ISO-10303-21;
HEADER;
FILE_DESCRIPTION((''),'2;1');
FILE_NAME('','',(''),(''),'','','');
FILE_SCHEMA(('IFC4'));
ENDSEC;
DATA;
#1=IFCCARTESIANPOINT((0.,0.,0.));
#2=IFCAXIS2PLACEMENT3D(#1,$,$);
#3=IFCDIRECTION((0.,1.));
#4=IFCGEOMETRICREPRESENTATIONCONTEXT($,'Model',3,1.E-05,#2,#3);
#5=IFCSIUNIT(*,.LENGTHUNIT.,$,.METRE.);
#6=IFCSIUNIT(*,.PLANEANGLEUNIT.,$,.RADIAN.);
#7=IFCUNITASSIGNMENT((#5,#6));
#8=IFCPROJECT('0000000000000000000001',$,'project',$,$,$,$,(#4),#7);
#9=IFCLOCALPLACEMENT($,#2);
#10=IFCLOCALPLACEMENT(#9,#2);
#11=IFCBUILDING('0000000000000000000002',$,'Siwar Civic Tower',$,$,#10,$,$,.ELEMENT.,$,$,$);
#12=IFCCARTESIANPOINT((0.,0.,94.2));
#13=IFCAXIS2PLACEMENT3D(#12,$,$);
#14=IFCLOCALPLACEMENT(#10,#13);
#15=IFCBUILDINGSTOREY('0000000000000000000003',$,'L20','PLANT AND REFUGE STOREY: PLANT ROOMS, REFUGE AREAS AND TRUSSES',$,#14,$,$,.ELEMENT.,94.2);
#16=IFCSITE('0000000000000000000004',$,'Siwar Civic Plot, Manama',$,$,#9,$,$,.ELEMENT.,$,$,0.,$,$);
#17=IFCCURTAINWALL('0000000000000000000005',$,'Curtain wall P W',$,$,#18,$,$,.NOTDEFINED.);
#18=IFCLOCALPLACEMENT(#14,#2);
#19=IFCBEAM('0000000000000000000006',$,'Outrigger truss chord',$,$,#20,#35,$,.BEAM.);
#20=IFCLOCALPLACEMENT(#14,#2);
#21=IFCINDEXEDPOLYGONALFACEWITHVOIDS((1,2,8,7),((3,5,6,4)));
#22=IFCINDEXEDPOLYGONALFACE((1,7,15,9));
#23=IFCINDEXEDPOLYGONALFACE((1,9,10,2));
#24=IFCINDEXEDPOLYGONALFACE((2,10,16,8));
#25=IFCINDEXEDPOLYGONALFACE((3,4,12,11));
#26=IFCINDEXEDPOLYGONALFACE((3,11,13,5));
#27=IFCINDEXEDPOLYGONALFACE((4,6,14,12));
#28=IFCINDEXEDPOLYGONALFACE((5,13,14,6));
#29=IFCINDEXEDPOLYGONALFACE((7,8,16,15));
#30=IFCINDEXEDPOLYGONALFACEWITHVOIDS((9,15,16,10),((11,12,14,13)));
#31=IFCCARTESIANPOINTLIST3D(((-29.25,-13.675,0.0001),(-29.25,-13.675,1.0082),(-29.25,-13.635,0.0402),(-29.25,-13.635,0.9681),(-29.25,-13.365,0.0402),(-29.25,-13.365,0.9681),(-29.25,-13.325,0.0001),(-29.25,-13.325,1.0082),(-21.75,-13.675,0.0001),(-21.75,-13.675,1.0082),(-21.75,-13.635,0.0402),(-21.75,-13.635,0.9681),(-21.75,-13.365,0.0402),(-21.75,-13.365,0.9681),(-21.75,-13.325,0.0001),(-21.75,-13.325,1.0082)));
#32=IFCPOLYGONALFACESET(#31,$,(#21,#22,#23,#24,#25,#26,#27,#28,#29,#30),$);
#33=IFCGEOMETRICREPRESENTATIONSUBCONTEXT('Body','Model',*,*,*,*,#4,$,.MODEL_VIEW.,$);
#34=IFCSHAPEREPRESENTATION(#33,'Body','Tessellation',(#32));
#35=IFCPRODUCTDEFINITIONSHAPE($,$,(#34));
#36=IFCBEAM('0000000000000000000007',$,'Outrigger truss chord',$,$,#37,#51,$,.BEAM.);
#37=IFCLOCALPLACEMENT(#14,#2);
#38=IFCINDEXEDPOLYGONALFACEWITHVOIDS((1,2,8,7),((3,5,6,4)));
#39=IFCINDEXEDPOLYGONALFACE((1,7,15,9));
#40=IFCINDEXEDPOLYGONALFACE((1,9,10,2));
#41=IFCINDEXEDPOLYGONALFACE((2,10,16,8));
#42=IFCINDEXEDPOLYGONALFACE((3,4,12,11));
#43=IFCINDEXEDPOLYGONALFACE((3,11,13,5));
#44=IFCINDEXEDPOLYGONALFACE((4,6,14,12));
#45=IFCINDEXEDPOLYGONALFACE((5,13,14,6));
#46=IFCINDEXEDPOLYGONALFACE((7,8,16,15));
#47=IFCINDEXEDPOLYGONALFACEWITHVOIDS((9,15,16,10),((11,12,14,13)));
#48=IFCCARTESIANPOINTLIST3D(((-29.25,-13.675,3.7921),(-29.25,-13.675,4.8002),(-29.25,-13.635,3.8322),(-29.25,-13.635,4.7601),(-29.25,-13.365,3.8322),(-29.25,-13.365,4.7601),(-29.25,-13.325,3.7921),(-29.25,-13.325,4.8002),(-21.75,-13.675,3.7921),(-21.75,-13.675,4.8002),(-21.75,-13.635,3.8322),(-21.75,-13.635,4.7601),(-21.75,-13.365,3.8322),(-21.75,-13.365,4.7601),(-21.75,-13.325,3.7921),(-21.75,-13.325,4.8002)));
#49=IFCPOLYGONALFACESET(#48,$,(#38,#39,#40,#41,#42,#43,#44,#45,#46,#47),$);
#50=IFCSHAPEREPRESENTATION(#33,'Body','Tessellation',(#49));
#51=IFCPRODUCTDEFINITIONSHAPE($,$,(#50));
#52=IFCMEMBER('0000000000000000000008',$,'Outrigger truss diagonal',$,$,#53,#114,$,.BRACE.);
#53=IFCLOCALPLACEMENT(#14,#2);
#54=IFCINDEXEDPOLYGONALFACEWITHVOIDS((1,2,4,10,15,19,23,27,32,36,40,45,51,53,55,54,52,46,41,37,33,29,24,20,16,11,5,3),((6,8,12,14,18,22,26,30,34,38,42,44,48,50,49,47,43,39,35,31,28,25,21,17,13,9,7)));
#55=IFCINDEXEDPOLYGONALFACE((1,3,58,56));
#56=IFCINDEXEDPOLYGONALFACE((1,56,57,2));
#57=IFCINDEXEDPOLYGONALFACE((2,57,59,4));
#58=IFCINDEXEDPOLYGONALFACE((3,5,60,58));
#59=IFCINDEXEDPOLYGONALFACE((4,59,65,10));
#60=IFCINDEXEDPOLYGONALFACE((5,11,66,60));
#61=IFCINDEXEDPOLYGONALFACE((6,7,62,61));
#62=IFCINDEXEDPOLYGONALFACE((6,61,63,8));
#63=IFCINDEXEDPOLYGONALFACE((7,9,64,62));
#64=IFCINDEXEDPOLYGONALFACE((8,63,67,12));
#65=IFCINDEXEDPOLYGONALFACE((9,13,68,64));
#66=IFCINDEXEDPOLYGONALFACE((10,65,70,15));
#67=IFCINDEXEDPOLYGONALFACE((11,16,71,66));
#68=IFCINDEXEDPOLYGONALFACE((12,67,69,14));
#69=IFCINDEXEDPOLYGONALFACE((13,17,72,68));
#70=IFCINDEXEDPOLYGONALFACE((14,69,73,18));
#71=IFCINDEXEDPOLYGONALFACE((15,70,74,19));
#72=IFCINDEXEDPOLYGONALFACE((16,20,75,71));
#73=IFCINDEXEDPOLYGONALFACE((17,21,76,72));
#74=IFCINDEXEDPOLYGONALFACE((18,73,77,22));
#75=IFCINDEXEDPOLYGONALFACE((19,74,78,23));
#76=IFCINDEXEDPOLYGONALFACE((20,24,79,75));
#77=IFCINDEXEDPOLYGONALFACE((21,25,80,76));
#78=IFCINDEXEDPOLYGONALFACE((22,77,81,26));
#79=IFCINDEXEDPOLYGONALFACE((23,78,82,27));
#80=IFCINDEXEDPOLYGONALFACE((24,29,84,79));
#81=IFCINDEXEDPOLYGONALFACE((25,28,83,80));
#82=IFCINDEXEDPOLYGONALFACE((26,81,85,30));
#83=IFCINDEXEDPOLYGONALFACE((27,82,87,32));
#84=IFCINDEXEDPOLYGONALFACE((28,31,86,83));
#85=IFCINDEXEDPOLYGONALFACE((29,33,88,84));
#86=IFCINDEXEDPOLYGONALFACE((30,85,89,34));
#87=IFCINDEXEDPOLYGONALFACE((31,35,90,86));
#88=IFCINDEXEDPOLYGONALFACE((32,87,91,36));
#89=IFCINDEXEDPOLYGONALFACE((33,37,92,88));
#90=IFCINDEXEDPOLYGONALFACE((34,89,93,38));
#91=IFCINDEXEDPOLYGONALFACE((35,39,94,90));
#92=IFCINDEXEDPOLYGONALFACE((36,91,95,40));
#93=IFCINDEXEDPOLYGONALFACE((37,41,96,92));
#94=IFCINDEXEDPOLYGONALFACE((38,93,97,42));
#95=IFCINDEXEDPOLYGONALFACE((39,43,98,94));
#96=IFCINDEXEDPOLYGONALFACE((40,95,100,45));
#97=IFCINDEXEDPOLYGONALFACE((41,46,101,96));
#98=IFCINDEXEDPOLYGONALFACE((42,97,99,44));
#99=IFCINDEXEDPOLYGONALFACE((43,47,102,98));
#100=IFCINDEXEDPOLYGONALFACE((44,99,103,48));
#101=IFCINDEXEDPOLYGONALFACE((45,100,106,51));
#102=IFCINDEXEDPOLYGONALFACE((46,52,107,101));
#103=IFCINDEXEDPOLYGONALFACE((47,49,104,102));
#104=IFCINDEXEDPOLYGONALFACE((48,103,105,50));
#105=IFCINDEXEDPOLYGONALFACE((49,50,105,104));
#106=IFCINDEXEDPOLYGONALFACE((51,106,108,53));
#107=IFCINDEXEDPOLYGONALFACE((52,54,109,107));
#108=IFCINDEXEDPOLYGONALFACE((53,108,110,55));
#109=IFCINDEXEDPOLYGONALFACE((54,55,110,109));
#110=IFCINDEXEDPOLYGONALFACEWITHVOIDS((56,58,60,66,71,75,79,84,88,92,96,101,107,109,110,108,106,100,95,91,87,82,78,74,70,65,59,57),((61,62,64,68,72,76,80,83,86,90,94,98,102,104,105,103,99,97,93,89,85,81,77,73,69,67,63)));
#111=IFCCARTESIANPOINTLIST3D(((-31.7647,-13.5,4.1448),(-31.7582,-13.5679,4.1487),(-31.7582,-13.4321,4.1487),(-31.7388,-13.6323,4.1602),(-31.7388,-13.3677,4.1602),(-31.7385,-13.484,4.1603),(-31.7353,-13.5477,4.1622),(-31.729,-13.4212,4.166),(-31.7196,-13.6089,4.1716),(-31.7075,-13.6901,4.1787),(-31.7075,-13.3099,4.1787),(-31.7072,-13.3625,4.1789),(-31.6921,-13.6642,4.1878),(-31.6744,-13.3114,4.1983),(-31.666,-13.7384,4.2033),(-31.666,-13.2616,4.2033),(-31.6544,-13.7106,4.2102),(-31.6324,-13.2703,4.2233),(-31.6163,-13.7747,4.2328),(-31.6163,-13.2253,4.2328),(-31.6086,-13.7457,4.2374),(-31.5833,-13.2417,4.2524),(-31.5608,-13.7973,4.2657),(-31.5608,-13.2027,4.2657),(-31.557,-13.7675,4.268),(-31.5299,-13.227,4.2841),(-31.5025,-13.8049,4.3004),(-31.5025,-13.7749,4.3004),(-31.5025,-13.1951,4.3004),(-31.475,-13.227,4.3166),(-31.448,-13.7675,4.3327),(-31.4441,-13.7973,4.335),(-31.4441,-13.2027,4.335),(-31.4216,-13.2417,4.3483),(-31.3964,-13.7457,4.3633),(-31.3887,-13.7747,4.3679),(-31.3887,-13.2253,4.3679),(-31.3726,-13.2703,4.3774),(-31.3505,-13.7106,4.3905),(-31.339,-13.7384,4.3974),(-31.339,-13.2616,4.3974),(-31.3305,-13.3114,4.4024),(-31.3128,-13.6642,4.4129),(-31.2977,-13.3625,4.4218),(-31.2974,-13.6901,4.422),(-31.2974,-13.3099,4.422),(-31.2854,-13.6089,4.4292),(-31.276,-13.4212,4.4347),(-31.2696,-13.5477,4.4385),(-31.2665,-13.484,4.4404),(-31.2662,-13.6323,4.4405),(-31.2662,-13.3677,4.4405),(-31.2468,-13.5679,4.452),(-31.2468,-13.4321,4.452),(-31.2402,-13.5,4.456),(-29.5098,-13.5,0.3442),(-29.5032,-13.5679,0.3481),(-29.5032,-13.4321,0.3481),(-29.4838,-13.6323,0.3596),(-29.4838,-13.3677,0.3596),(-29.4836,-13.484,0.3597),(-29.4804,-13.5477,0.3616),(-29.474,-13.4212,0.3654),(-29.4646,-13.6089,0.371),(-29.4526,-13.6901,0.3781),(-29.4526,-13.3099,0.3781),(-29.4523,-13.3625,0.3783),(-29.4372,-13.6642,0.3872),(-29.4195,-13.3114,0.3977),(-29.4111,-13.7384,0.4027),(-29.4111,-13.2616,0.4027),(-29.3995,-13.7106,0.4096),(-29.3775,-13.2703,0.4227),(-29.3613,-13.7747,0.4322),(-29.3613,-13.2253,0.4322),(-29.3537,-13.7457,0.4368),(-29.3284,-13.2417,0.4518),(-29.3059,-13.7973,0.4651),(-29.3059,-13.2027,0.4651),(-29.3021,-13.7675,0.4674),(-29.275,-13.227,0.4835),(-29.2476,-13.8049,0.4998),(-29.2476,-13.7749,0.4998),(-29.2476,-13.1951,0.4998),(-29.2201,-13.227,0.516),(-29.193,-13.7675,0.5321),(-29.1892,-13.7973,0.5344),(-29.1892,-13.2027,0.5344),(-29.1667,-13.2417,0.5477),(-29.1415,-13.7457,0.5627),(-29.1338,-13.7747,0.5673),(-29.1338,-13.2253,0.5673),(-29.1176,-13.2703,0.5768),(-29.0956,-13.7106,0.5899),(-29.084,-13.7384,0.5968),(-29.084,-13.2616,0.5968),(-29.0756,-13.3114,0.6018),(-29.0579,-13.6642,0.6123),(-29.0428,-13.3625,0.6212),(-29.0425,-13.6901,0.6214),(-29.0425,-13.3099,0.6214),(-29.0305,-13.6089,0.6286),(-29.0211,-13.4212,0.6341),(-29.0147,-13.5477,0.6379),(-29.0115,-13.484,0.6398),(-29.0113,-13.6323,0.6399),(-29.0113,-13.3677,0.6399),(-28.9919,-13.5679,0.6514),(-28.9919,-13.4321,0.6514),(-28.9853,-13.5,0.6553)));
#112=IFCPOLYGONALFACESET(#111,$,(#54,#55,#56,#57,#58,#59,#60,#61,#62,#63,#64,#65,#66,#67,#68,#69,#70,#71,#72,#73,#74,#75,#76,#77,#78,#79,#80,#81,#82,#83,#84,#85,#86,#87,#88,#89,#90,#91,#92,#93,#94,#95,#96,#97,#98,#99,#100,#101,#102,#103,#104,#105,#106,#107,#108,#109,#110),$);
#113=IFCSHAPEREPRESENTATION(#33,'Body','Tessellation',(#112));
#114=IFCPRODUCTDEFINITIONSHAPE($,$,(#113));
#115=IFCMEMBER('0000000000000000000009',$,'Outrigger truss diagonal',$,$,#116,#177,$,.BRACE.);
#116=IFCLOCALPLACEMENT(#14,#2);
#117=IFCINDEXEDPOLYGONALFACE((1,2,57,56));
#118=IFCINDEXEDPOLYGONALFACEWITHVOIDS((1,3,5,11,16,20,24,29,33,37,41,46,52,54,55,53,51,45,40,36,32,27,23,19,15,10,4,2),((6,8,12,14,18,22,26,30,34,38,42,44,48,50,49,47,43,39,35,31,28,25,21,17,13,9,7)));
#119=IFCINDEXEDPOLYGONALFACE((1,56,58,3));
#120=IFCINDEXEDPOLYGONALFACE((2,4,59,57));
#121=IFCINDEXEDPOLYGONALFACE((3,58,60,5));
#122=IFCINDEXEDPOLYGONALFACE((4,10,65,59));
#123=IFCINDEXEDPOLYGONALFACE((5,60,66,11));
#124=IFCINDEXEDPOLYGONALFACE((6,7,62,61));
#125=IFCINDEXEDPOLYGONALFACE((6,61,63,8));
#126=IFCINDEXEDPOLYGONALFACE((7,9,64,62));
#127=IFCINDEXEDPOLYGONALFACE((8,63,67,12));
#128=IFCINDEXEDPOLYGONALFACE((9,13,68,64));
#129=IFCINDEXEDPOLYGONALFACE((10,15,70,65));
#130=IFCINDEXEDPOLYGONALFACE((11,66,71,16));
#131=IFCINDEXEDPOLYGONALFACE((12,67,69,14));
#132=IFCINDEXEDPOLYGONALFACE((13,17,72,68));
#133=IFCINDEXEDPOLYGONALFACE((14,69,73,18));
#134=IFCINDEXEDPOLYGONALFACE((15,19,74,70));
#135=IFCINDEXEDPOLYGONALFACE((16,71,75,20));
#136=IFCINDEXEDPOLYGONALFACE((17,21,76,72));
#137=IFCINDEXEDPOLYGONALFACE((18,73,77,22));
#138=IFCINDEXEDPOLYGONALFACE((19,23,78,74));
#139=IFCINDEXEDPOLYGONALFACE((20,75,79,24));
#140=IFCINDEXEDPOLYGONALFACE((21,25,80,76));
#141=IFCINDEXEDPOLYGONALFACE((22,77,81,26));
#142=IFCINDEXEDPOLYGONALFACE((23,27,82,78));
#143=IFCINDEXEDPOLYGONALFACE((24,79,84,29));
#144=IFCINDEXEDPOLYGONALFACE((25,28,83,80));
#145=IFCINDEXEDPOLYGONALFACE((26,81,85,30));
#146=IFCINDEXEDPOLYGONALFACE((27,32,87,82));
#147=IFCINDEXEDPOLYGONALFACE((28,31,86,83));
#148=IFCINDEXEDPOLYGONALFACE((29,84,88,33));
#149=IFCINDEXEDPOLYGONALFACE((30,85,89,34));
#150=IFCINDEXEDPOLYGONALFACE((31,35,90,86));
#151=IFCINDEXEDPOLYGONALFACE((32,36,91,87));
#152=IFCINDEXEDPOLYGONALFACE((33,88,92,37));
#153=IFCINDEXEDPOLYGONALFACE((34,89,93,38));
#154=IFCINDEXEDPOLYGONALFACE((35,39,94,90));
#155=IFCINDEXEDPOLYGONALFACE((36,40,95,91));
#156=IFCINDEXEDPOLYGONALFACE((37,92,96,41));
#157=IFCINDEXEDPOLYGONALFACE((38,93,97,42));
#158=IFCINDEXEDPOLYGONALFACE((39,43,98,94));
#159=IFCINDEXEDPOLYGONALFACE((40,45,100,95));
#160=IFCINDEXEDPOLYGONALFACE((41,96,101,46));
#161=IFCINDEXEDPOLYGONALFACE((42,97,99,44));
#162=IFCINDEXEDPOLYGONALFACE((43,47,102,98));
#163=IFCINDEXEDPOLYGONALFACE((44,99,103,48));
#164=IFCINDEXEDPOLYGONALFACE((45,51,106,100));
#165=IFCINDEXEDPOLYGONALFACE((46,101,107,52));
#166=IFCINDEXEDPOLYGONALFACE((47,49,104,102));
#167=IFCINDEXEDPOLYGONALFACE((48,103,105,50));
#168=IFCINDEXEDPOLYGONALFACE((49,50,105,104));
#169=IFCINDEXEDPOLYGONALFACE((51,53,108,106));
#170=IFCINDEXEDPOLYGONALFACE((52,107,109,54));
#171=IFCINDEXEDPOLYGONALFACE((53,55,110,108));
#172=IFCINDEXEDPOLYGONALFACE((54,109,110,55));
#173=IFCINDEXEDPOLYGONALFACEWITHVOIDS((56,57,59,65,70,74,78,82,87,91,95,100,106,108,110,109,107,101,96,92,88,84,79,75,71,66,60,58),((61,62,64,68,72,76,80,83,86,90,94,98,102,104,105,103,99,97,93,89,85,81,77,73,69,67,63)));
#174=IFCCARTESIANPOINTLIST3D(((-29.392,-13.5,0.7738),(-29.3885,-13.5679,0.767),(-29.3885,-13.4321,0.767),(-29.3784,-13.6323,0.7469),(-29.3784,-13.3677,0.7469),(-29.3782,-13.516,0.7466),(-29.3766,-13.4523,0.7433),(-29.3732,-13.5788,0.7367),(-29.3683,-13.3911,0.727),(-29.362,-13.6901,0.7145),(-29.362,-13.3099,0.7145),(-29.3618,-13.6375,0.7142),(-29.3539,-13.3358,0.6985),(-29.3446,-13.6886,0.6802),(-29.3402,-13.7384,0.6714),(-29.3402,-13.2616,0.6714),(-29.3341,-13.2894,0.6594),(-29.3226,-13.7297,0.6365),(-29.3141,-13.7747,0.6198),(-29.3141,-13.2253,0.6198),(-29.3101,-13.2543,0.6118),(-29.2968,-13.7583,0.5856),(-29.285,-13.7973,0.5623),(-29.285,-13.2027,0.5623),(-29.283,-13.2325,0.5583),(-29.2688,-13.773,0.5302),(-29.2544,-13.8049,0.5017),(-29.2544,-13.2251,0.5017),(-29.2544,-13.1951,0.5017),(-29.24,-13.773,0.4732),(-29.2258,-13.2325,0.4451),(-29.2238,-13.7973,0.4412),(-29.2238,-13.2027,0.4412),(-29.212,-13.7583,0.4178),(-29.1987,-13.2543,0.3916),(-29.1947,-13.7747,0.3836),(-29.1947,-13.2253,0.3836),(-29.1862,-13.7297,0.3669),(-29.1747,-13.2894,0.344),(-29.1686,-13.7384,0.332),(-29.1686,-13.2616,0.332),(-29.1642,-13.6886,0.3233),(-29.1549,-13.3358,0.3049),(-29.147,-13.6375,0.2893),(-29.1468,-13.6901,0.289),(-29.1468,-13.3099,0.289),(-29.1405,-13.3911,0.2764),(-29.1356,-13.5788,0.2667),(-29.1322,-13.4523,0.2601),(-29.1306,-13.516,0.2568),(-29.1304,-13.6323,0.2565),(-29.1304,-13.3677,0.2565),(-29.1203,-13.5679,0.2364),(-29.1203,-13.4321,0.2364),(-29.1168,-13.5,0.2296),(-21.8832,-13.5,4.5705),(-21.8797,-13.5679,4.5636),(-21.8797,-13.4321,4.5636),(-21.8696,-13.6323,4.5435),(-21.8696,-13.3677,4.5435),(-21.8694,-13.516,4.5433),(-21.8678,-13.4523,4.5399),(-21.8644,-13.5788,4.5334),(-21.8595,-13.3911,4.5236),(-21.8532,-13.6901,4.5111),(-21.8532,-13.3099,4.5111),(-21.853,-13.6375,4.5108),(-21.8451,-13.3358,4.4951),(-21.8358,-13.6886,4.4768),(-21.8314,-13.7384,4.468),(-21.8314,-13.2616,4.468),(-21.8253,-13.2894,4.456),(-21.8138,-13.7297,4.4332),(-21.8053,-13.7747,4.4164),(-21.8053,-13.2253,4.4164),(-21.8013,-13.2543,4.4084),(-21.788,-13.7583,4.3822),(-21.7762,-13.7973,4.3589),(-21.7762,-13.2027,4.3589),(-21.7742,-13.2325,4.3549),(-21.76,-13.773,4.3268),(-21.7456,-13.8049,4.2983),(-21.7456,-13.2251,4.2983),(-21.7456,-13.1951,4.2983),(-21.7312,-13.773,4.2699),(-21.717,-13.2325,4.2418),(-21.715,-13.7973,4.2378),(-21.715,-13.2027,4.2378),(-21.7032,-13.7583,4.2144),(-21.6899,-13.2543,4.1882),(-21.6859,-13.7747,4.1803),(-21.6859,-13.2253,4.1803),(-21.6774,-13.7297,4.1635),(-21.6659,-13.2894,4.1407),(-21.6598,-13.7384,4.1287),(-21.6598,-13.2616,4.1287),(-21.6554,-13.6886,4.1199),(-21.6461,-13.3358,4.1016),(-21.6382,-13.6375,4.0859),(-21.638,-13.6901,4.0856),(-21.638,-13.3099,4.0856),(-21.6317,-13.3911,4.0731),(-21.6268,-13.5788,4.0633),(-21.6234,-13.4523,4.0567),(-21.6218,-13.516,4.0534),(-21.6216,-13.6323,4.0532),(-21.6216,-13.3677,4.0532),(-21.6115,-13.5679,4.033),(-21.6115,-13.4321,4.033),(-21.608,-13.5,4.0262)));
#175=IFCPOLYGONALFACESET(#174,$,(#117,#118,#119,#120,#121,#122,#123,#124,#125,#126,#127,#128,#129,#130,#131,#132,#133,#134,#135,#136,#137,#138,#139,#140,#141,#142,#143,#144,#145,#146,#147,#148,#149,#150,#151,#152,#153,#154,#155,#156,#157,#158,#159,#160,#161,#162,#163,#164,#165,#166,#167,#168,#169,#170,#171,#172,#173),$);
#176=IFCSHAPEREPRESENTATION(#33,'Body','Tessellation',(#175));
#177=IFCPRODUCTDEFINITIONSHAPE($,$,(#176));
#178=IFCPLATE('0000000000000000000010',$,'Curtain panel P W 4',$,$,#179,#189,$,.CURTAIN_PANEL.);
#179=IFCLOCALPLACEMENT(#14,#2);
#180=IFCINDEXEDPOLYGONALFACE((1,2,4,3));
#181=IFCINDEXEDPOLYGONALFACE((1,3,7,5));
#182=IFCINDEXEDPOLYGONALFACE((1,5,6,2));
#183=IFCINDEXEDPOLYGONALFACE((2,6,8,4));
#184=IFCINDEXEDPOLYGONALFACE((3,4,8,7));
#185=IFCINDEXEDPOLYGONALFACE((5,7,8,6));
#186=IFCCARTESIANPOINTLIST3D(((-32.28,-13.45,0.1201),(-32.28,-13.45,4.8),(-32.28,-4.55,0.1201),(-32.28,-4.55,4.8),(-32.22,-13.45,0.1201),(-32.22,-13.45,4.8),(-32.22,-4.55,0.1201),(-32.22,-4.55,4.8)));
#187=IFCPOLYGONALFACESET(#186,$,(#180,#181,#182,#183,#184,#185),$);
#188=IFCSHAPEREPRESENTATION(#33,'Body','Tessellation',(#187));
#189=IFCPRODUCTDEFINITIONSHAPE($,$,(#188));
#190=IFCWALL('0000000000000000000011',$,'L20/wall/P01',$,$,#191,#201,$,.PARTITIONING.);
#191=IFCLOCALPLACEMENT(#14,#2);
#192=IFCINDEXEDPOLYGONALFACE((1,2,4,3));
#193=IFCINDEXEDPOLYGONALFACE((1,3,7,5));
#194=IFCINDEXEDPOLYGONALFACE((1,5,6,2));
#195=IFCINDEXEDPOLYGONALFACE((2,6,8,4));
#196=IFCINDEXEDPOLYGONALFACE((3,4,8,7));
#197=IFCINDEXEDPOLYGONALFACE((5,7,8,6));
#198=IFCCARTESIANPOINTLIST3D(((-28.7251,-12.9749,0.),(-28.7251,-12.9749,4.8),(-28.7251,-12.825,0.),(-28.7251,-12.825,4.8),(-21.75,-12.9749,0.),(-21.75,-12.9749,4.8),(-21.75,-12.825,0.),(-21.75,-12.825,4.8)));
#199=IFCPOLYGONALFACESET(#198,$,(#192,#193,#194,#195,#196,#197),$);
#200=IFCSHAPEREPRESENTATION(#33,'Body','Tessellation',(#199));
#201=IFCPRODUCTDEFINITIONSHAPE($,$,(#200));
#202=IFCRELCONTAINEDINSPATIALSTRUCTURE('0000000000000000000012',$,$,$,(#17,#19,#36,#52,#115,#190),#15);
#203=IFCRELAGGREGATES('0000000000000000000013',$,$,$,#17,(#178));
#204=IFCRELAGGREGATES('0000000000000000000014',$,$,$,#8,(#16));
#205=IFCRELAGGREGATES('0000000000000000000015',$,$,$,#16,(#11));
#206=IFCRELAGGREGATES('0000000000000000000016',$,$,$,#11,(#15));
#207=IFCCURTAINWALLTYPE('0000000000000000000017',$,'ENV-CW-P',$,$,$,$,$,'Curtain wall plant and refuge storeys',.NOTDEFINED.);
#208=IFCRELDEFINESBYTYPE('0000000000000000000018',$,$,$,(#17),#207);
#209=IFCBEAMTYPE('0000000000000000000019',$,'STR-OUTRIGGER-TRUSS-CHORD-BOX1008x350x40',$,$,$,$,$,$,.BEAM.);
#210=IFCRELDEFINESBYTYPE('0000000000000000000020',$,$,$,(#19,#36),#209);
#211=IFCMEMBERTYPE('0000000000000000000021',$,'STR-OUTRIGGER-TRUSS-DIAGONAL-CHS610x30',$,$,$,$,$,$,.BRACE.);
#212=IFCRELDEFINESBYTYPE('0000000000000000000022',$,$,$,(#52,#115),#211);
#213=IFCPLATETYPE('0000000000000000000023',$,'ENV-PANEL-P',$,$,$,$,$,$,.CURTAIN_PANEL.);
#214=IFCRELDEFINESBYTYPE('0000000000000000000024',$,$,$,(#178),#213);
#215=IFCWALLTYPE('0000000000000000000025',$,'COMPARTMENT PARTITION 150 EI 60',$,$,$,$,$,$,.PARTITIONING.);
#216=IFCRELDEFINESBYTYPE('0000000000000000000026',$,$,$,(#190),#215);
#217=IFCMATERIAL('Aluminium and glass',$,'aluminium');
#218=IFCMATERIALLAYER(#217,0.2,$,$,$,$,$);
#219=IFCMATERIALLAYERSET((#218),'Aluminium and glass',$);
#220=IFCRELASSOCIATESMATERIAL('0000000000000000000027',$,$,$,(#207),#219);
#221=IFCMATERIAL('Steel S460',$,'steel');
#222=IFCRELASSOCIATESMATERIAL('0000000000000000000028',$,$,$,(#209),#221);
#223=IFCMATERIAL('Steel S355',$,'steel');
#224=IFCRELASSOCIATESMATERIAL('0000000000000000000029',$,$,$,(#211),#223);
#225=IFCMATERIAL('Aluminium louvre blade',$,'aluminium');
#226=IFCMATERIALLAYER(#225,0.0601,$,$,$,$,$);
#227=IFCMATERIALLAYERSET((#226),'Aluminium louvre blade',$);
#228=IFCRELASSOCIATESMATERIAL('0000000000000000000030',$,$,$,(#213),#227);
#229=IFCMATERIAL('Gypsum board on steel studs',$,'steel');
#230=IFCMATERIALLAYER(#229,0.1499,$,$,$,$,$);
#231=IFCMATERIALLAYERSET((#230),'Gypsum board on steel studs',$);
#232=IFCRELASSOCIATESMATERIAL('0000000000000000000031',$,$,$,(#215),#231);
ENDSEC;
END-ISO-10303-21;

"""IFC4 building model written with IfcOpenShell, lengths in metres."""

from ifc_helpers import new_model, si_unit, direction, frame, frame_2d, origin, origin_2d, place, context, subcontext, project, spatial, rectangle, hollow_rectangle, hollow_circle, extrude, material, layer, layer_set, material_profile, profile_set, type_object, element, aggregate, save


model = new_model("IFC4")

# Units and contexts
model_context = context("Model", 3, precision=1e-05, world=origin(), true_north=direction((0.0, 1.0)))
body_context = subcontext(model_context, "Body", "Model", "MODEL_VIEW")
ifc_project = project(units=[si_unit("LENGTHUNIT", "METRE"), si_unit("PLANEANGLEUNIT", "RADIAN")], contexts=[model_context])

# Site, building, storey
site_placement = place(None, origin())
site = spatial("IfcSite", under=ifc_project, at=site_placement, Name="Siwar Civic Plot, Manama", CompositionType="ELEMENT", RefElevation=0.0)
building_placement = place(site_placement, origin())
building = spatial("IfcBuilding", under=site, at=building_placement, Name="Siwar Civic Tower", CompositionType="ELEMENT")
storey_placement = place(building_placement, frame((0.0, 0.0, 94.2)))
storey = spatial("IfcBuildingStorey", under=building, at=storey_placement, Name="L20", Description="PLANT AND REFUGE STOREY: PLANT ROOMS, REFUGE AREAS AND TRUSSES", CompositionType="ELEMENT", Elevation=94.2)

# Curtain wall
ifc_material_1 = material(Name="Aluminium and glass", Category="aluminium")
ifc_layer_1 = layer(ifc_material_1, 0.2)
ifc_layer_set_1 = layer_set([ifc_layer_1], Name="Aluminium and glass")
curtain_wall_type = type_object("IfcCurtainWallType", Name="ENV-CW-P", ElementType="Curtain wall plant and refuge storeys", PredefinedType="NOTDEFINED", material=ifc_layer_set_1)
curtain_wall_placement = place(storey_placement, origin())
curtain_wall = element("IfcCurtainWall", 1, at=curtain_wall_placement, inside=storey, type_object=curtain_wall_type, Name="Curtain wall P W", PredefinedType="NOTDEFINED")

# Beams
ifc_material_2 = material(Name="Steel S460", Category="steel")
ifc_material_profile_1 = material_profile(ifc_material_2, hollow_rectangle(XDim=0.3501, YDim=1.0081, WallThickness=0.04, at=origin_2d()), Name="BOX1008x350x40")
ifc_profile_set_1 = profile_set([ifc_material_profile_1], Name="Steel S460")
beam_type_1 = type_object("IfcBeamType", Name="STR-OUTRIGGER-TRUSS-CHORD-BOX1008x350x40", PredefinedType="BEAM", material=ifc_profile_set_1)
for number, where, z_axis, x_axis, name in (
    (2, (-29.25, -13.5, 0.5042), (1.0, 0.0, 0.0), (0.0, 1.0, 0.0), "Outrigger truss chord"),
    (3, (-29.25, -13.5, 4.2961), (1.0, 0.0, 0.0), (0.0, 1.0, 0.0), "Outrigger truss chord"),
):
    element("IfcBeam", number, at=place(storey_placement, frame(where, z_axis=z_axis, x_axis=x_axis)), inside=storey, type_object=beam_type_1, Name=name, PredefinedType="BEAM", context=body_context, shape_type="SweptSolid", body=[
        extrude(hollow_rectangle(XDim=0.3501, YDim=1.0081, WallThickness=0.04, at=origin_2d()), origin(), (0.0, 0.0, 1.0), 7.5),
    ])

# Members
ifc_material_3 = material(Name="Steel S355", Category="steel")
ifc_material_profile_2 = material_profile(ifc_material_3, hollow_circle(Radius=0.3049, WallThickness=0.03, at=origin_2d()), Name="CHS610x30")
ifc_profile_set_2 = profile_set([ifc_material_profile_2], Name="Steel S355")
member_type_1 = type_object("IfcMemberType", Name="STR-OUTRIGGER-TRUSS-DIAGONAL-CHS610x30", PredefinedType="BRACE", material=ifc_profile_set_2)
member_1_placement = place(storey_placement, frame((-29.2476, -13.5, 0.4998), z_axis=(-0.510257, 0.0, 0.860022), x_axis=(0.0, -1.0, 0.0)))
element("IfcMember", 4, at=member_1_placement, inside=storey, type_object=member_type_1, Name="Outrigger truss diagonal", PredefinedType="BRACE", context=body_context, shape_type="SweptSolid", body=[
    extrude(hollow_circle(Radius=0.3049, WallThickness=0.03, at=origin_2d()), origin(), (0.0, 0.0, 1.0), 4.4192),
])
member_2_placement = place(storey_placement, frame((-29.2544, -13.5, 0.5017), z_axis=(0.89241, 0.0, 0.451225), x_axis=(0.0, 1.0, 0.0)))
element("IfcMember", 5, at=member_2_placement, inside=storey, type_object=member_type_1, Name="Outrigger truss diagonal", PredefinedType="BRACE", context=body_context, shape_type="SweptSolid", body=[
    extrude(hollow_circle(Radius=0.3049, WallThickness=0.03, at=origin_2d()), origin(), (0.0, 0.0, 1.0), 8.4141),
])

# Plate
ifc_material_4 = material(Name="Aluminium louvre blade", Category="aluminium")
ifc_layer_2 = layer(ifc_material_4, 0.0601)
ifc_layer_set_2 = layer_set([ifc_layer_2], Name="Aluminium louvre blade")
plate_type = type_object("IfcPlateType", Name="ENV-PANEL-P", PredefinedType="CURTAIN_PANEL", material=ifc_layer_set_2)
plate_placement = place(storey_placement, frame((-32.25, -9.0, 0.1201), z_axis=(0.0, 0.0, 1.0), x_axis=(0.0, -1.0, 0.0)))
plate = element("IfcPlate", 6, at=plate_placement, type_object=plate_type, Name="Curtain panel P W 4", PredefinedType="CURTAIN_PANEL", context=body_context, shape_type="SweptSolid", body=[
    extrude(rectangle(XDim=8.8999, YDim=0.0601, at=origin_2d()), origin(), (0.0, 0.0, 1.0), 4.6799),
])
aggregate(curtain_wall, [plate])

# Wall
ifc_material_5 = material(Name="Gypsum board on steel studs", Category="steel")
ifc_layer_3 = layer(ifc_material_5, 0.1499)
ifc_layer_set_3 = layer_set([ifc_layer_3], Name="Gypsum board on steel studs")
wall_type = type_object("IfcWallType", Name="COMPARTMENT PARTITION 150 EI 60", PredefinedType="PARTITIONING", material=ifc_layer_set_3)
wall_1_placement = place(storey_placement, frame((-28.7251, -12.8999, 0.0), z_axis=(0.0, 0.0, 1.0), x_axis=(1.0, 0.0, 0.0)))
element("IfcWall", 7, at=wall_1_placement, inside=storey, type_object=wall_type, Name="L20/wall/P01", PredefinedType="PARTITIONING", context=body_context, shape_type="SweptSolid", body=[
    extrude(rectangle(XDim=6.9751, YDim=0.1499, at=frame_2d((3.4875, 0.0))), origin(), (0.0, 0.0, 1.0), 4.8),
])

save(model, "model.ifc")
